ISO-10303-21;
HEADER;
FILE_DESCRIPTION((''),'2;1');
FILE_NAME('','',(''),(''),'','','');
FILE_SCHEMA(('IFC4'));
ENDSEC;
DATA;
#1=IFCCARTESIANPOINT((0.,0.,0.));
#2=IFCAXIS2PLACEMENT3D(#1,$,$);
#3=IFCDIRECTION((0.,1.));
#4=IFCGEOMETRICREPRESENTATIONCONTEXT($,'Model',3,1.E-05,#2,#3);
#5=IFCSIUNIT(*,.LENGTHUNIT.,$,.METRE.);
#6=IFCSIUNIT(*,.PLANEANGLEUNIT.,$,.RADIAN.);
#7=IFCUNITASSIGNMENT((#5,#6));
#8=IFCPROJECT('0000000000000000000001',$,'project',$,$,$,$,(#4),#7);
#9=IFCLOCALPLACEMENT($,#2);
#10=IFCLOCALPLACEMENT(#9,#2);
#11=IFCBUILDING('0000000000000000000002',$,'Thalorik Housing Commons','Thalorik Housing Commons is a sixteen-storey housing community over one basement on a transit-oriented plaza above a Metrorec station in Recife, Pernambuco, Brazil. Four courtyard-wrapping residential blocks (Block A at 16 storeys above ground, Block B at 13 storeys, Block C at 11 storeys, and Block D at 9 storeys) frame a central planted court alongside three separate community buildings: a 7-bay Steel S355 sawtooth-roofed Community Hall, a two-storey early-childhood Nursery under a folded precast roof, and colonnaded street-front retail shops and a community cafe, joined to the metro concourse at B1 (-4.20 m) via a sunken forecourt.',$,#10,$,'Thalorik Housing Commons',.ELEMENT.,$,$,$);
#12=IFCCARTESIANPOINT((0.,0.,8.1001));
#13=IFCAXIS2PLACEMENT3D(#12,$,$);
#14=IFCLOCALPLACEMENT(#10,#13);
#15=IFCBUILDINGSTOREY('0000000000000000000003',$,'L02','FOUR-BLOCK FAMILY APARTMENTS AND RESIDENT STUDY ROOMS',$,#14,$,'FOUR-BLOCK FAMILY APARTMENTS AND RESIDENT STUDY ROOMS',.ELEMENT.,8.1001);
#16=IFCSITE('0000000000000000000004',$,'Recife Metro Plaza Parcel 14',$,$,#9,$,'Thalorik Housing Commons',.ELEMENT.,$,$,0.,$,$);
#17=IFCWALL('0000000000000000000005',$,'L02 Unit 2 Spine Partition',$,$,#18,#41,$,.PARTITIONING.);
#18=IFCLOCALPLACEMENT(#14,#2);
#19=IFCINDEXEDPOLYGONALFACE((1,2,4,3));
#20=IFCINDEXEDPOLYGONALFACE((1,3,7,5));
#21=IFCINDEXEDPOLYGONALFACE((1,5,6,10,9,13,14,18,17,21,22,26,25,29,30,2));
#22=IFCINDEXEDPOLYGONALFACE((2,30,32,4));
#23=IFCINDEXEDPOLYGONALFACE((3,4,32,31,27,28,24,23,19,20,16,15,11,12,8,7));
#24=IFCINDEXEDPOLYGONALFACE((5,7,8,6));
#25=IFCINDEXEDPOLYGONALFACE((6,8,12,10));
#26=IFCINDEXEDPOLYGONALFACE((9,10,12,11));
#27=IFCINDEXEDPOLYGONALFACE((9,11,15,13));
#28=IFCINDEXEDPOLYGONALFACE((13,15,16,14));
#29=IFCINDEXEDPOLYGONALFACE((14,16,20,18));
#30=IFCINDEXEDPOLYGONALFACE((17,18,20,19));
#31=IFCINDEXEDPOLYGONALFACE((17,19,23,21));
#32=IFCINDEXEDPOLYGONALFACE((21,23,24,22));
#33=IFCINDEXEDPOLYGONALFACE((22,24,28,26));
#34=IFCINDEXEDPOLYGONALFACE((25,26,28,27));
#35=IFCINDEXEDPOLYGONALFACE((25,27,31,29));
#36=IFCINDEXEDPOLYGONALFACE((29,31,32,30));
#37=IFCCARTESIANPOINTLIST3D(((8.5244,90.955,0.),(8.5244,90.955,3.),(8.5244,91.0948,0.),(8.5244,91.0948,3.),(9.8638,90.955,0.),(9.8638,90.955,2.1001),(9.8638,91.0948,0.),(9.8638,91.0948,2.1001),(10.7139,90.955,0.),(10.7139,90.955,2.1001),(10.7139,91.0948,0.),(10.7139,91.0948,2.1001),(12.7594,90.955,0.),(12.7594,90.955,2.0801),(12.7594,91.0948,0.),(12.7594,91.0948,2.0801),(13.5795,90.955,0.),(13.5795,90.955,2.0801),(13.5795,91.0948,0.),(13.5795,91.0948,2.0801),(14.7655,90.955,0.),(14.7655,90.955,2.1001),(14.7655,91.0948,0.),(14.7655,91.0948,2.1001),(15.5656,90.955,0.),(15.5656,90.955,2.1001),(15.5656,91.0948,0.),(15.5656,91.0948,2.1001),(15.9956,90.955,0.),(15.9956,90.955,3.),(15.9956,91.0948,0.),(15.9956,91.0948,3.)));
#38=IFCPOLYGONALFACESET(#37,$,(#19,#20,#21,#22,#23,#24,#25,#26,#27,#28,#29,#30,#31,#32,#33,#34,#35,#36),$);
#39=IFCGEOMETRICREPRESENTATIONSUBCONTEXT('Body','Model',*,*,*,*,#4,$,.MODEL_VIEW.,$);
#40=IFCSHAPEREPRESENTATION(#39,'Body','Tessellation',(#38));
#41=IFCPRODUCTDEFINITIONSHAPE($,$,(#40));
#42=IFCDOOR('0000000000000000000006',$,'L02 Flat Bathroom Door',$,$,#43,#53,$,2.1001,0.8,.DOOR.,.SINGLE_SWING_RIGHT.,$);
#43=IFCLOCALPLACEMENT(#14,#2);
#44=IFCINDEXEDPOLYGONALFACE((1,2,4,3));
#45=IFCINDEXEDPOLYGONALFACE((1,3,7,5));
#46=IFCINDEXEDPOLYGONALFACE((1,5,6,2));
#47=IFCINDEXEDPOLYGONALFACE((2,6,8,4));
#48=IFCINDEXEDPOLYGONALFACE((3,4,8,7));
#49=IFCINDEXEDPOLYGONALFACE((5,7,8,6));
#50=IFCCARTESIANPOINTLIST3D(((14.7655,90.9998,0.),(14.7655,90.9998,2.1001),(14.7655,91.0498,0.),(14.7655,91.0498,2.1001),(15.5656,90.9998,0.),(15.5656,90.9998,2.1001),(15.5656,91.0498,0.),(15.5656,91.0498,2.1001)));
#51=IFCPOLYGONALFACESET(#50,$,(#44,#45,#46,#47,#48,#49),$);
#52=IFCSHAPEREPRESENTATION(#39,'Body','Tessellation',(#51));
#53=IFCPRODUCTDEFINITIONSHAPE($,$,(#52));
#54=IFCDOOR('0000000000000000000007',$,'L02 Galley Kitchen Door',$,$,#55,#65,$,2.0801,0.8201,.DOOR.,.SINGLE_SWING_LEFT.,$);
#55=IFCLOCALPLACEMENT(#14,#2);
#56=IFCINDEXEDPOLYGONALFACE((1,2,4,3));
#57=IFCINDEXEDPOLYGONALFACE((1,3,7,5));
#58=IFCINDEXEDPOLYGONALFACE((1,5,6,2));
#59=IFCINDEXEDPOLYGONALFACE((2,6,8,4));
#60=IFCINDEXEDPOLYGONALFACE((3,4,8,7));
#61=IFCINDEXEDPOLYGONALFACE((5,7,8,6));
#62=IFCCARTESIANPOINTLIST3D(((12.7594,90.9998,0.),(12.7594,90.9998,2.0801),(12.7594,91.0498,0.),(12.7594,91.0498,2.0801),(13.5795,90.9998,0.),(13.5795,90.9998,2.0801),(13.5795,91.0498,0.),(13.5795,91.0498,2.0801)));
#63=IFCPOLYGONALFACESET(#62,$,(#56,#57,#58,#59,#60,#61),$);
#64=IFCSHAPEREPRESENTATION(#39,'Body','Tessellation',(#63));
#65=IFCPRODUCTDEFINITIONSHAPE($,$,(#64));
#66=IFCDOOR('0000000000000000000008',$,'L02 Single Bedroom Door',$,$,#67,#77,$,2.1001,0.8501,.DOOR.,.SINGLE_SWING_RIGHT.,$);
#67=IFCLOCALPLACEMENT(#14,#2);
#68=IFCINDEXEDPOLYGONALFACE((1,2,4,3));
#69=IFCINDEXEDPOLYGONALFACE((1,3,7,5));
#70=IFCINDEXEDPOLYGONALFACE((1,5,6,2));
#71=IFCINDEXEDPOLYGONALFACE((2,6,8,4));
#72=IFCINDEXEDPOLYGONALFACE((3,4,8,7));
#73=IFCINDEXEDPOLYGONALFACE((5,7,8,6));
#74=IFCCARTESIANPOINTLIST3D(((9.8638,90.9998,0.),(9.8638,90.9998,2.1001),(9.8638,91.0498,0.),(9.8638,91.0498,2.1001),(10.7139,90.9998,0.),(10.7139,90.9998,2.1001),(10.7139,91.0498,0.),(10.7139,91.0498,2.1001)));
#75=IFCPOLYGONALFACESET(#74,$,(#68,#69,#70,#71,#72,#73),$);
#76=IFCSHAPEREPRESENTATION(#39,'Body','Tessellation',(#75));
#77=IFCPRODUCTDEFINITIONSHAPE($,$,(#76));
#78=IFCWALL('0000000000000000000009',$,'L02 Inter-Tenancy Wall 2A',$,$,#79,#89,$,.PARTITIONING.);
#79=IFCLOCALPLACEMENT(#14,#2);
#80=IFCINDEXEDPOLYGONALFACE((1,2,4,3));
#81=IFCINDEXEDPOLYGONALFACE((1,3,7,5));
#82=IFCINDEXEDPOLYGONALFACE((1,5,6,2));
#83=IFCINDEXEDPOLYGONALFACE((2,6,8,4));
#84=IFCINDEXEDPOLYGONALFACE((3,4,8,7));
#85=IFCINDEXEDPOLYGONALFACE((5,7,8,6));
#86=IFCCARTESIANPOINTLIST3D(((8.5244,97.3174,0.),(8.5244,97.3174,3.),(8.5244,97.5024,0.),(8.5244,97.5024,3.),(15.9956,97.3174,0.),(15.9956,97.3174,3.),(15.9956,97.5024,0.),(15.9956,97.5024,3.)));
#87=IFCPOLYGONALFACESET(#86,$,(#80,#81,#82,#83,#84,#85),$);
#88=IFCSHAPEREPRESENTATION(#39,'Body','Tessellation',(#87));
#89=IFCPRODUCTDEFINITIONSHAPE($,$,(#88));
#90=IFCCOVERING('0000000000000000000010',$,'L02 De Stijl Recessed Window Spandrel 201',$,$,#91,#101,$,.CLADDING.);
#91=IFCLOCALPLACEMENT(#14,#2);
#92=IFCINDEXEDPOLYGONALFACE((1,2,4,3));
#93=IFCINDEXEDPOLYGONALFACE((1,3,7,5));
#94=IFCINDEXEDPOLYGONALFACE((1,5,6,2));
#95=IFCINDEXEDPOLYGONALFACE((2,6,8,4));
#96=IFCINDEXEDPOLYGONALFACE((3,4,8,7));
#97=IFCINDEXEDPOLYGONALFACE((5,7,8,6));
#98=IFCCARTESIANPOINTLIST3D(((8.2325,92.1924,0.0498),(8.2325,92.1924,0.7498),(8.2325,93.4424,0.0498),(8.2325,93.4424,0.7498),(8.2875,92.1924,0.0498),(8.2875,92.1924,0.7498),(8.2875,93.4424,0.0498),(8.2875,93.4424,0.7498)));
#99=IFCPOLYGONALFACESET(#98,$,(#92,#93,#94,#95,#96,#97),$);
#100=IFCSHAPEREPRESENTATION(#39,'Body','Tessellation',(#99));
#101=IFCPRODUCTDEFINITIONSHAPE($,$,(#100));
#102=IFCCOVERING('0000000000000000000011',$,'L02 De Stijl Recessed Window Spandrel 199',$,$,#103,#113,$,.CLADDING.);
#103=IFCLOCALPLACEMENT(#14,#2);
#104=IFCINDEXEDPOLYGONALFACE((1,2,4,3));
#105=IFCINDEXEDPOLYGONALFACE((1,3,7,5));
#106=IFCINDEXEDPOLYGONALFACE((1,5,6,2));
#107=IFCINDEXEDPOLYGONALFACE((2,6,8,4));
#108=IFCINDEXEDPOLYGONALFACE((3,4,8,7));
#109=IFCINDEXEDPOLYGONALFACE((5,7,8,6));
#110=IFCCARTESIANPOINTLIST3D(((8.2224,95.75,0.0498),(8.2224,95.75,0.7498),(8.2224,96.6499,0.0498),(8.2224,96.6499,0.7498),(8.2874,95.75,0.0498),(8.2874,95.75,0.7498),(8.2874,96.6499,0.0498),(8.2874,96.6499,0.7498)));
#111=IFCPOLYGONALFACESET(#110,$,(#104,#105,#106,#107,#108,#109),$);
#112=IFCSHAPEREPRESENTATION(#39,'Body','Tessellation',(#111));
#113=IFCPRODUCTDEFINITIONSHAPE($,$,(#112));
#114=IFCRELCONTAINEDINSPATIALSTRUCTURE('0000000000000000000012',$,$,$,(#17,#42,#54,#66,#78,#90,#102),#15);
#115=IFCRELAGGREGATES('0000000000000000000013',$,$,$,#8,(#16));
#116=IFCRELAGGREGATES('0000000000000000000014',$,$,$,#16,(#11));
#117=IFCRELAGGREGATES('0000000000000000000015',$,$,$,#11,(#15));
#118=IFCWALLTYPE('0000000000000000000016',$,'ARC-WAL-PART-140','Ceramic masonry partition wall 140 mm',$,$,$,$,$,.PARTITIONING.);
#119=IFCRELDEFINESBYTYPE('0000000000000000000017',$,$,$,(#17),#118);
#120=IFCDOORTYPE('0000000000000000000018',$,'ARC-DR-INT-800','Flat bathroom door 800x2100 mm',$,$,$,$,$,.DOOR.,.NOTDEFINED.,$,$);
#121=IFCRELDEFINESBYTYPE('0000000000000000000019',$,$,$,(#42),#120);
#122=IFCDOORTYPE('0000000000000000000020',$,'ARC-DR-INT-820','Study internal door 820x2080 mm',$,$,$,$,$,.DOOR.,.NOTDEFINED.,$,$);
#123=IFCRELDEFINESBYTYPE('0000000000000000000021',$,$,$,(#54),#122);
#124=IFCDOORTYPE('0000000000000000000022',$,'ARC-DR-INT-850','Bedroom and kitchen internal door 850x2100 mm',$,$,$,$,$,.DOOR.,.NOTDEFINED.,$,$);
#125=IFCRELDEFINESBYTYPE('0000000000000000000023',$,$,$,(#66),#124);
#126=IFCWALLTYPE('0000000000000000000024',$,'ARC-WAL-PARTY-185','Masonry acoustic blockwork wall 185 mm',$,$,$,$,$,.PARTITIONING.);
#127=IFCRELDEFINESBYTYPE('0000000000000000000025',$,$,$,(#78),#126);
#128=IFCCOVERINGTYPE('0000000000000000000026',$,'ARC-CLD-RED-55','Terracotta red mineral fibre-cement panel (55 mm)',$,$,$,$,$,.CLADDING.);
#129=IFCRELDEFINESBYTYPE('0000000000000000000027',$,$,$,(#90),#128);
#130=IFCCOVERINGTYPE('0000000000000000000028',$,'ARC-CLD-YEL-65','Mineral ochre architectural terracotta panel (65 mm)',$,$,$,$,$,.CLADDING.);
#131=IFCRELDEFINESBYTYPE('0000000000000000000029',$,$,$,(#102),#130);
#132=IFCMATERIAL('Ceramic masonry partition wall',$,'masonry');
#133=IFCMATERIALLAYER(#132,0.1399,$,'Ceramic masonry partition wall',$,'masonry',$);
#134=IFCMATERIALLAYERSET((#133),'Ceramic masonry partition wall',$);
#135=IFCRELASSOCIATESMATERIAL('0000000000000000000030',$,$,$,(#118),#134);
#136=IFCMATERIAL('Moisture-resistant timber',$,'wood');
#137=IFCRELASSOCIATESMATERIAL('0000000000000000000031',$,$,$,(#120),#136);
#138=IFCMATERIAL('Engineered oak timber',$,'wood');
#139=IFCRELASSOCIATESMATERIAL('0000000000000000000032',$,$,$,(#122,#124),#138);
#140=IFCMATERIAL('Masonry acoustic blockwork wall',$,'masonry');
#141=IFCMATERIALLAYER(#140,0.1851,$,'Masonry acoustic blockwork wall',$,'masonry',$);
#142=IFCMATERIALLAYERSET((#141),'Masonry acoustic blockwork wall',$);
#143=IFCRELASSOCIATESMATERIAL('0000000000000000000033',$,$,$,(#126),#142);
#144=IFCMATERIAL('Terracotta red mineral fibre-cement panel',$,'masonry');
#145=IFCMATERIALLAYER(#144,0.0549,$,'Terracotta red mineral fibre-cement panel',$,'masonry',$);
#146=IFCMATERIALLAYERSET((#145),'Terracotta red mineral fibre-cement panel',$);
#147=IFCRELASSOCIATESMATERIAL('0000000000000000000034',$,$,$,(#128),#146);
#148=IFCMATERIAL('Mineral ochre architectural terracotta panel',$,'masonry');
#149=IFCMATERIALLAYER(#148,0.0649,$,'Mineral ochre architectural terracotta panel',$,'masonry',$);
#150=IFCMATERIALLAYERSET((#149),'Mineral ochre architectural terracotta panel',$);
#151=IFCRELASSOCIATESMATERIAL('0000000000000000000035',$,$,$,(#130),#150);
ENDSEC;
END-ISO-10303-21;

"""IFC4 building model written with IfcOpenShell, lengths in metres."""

from ifc_helpers import new_model, si_unit, direction, frame, frame_2d, origin, origin_2d, place, context, subcontext, project, spatial, rectangle, extrude, material, layer, layer_set, type_object, element, fill, save


model = new_model("IFC4")

# Units and contexts
model_context = context("Model", 3, precision=1e-05, world=origin(), true_north=direction((0.0, 1.0)))
body_context = subcontext(model_context, "Body", "Model", "MODEL_VIEW")
ifc_project = project(units=[si_unit("LENGTHUNIT", "METRE"), si_unit("PLANEANGLEUNIT", "RADIAN")], contexts=[model_context])

# Site, building, storey
site_placement = place(None, origin())
site = spatial("IfcSite", under=ifc_project, at=site_placement, Name="Recife Metro Plaza Parcel 14", LongName="Thalorik Housing Commons", CompositionType="ELEMENT", RefElevation=0.0)
building_placement = place(site_placement, origin())
building = spatial("IfcBuilding", under=site, at=building_placement, Name="Thalorik Housing Commons", Description="Thalorik Housing Commons is a sixteen-storey housing community over one basement on a transit-oriented plaza above a Metrorec station in Recife, Pernambuco, Brazil. Four courtyard-wrapping residential blocks (Block A at 16 storeys above ground, Block B at 13 storeys, Block C at 11 storeys, and Block D at 9 storeys) frame a central planted court alongside three separate community buildings: a 7-bay Steel S355 sawtooth-roofed Community Hall, a two-storey early-childhood Nursery under a folded precast roof, and colonnaded street-front retail shops and a community cafe, joined to the metro concourse at B1 (-4.20 m) via a sunken forecourt.", LongName="Thalorik Housing Commons", CompositionType="ELEMENT")
storey_placement = place(building_placement, frame((0.0, 0.0, 8.1001)))
storey = spatial("IfcBuildingStorey", under=building, at=storey_placement, Name="L02", Description="FOUR-BLOCK FAMILY APARTMENTS AND RESIDENT STUDY ROOMS", LongName="FOUR-BLOCK FAMILY APARTMENTS AND RESIDENT STUDY ROOMS", CompositionType="ELEMENT", Elevation=8.1001)

# Wall, openings, doors
ifc_material_1 = material(Name="Ceramic masonry partition wall", Category="masonry")
ifc_layer_1 = layer(ifc_material_1, 0.1399, Name="Ceramic masonry partition wall", Category="masonry")
ifc_layer_set_1 = layer_set([ifc_layer_1], Name="Ceramic masonry partition wall")
wall_type_1 = type_object("IfcWallType", Name="ARC-WAL-PART-140", Description="Ceramic masonry partition wall 140 mm", PredefinedType="PARTITIONING", material=ifc_layer_set_1)
wall_1_placement = place(storey_placement, frame((8.5244, 91.0249, 0.0), z_axis=(0.0, 0.0, 1.0), x_axis=(1.0, 0.0, 0.0)))
wall_1 = element("IfcWall", 1, at=wall_1_placement, inside=storey, type_object=wall_type_1, Name="L02 Unit 2 Spine Partition", PredefinedType="PARTITIONING", context=body_context, shape_type="SweptSolid", body=[
    extrude(rectangle(XDim=7.4712, YDim=0.1399, at=frame_2d((3.7356, 0.0))), origin(), (0.0, 0.0, 1.0), 3.0),
])
opening_1_placement = place(wall_1_placement, frame((1.3394, 0.0, 0.0)))
opening_1 = element("IfcOpeningElement", 2, at=opening_1_placement, cuts=wall_1, PredefinedType="OPENING", context=body_context, shape_type="SweptSolid", body=[
    extrude(rectangle(XDim=0.8501, YDim=2.1001, at=frame_2d((0.425, 1.05))), frame((0.0, 0.0801, 0.0), z_axis=(0.0, -1.0, 0.0), x_axis=(1.0, 0.0, 0.0)), (0.0, 0.0, 1.0), 0.1599),
])
opening_2_placement = place(wall_1_placement, frame((4.2349, 0.0, 0.0)))
opening_2 = element("IfcOpeningElement", 3, at=opening_2_placement, cuts=wall_1, PredefinedType="OPENING", context=body_context, shape_type="SweptSolid", body=[
    extrude(rectangle(XDim=0.8201, YDim=2.0801, at=frame_2d((0.4102, 1.04))), frame((0.0, 0.0801, 0.0), z_axis=(0.0, -1.0, 0.0), x_axis=(1.0, 0.0, 0.0)), (0.0, 0.0, 1.0), 0.1599),
])
opening_3_placement = place(wall_1_placement, frame((6.2412, 0.0, 0.0)))
opening_3 = element("IfcOpeningElement", 4, at=opening_3_placement, cuts=wall_1, PredefinedType="OPENING", context=body_context, shape_type="SweptSolid", body=[
    extrude(rectangle(XDim=0.8, YDim=2.1001, at=frame_2d((0.3999, 1.05))), frame((0.0, 0.0801, 0.0), z_axis=(0.0, -1.0, 0.0), x_axis=(1.0, 0.0, 0.0)), (0.0, 0.0, 1.0), 0.1599),
])
ifc_material_2 = material(Name="Moisture-resistant timber", Category="wood")
door_type_1 = type_object("IfcDoorType", Name="ARC-DR-INT-800", Description="Flat bathroom door 800x2100 mm", OperationType="NOTDEFINED", PredefinedType="DOOR", material=ifc_material_2)
door_1_placement = place(opening_3_placement, origin())
door_1 = element("IfcDoor", 5, at=door_1_placement, inside=storey, type_object=door_type_1, Name="L02 Flat Bathroom Door", OperationType="SINGLE_SWING_RIGHT", OverallHeight=2.1001, OverallWidth=0.8, PredefinedType="DOOR", context=body_context, shape_type="SweptSolid", body=[
    extrude(rectangle(XDim=0.8, YDim=2.1001, at=frame_2d((0.3999, 1.05))), frame((0.0, 0.0249, 0.0), z_axis=(0.0, -1.0, 0.0), x_axis=(1.0, 0.0, 0.0)), (0.0, 0.0, 1.0), 0.05),
])
fill(opening_3, door_1)
ifc_material_3 = material(Name="Engineered oak timber", Category="wood")
door_type_2 = type_object("IfcDoorType", Name="ARC-DR-INT-820", Description="Study internal door 820x2080 mm", OperationType="NOTDEFINED", PredefinedType="DOOR", material=ifc_material_3)
door_2_placement = place(opening_2_placement, origin())
door_2 = element("IfcDoor", 6, at=door_2_placement, inside=storey, type_object=door_type_2, Name="L02 Galley Kitchen Door", OperationType="SINGLE_SWING_LEFT", OverallHeight=2.0801, OverallWidth=0.8201, PredefinedType="DOOR", context=body_context, shape_type="SweptSolid", body=[
    extrude(rectangle(XDim=0.8201, YDim=2.0801, at=frame_2d((0.4102, 1.04))), frame((0.0, 0.0249, 0.0), z_axis=(0.0, -1.0, 0.0), x_axis=(1.0, 0.0, 0.0)), (0.0, 0.0, 1.0), 0.05),
])
fill(opening_2, door_2)
door_type_3 = type_object("IfcDoorType", Name="ARC-DR-INT-850", Description="Bedroom and kitchen internal door 850x2100 mm", OperationType="NOTDEFINED", PredefinedType="DOOR", material=ifc_material_3)
door_3_placement = place(opening_1_placement, origin())
door_3 = element("IfcDoor", 7, at=door_3_placement, inside=storey, type_object=door_type_3, Name="L02 Single Bedroom Door", OperationType="SINGLE_SWING_RIGHT", OverallHeight=2.1001, OverallWidth=0.8501, PredefinedType="DOOR", context=body_context, shape_type="SweptSolid", body=[
    extrude(rectangle(XDim=0.8501, YDim=2.1001, at=frame_2d((0.425, 1.05))), frame((0.0, 0.0249, 0.0), z_axis=(0.0, -1.0, 0.0), x_axis=(1.0, 0.0, 0.0)), (0.0, 0.0, 1.0), 0.05),
])
fill(opening_1, door_3)

# Wall
ifc_material_4 = material(Name="Masonry acoustic blockwork wall", Category="masonry")
ifc_layer_2 = layer(ifc_material_4, 0.1851, Name="Masonry acoustic blockwork wall", Category="masonry")
ifc_layer_set_2 = layer_set([ifc_layer_2], Name="Masonry acoustic blockwork wall")
wall_type_2 = type_object("IfcWallType", Name="ARC-WAL-PARTY-185", Description="Masonry acoustic blockwork wall 185 mm", PredefinedType="PARTITIONING", material=ifc_layer_set_2)
wall_2_placement = place(storey_placement, frame((8.5244, 97.4099, 0.0), z_axis=(0.0, 0.0, 1.0), x_axis=(1.0, 0.0, 0.0)))
element("IfcWall", 8, at=wall_2_placement, inside=storey, type_object=wall_type_2, Name="L02 Inter-Tenancy Wall 2A", PredefinedType="PARTITIONING", context=body_context, shape_type="SweptSolid", body=[
    extrude(rectangle(XDim=7.4712, YDim=0.1851, at=frame_2d((3.7356, 0.0))), origin(), (0.0, 0.0, 1.0), 3.0),
])

# Coverings
ifc_material_5 = material(Name="Terracotta red mineral fibre-cement panel", Category="masonry")
ifc_layer_3 = layer(ifc_material_5, 0.0549, Name="Terracotta red mineral fibre-cement panel", Category="masonry")
ifc_layer_set_3 = layer_set([ifc_layer_3], Name="Terracotta red mineral fibre-cement panel")
covering_type_1 = type_object("IfcCoveringType", Name="ARC-CLD-RED-55", Description="Terracotta red mineral fibre-cement panel (55 mm)", PredefinedType="CLADDING", material=ifc_layer_set_3)
covering_1_placement = place(storey_placement, frame((8.26, 92.8174, 0.0498), z_axis=(0.0, 0.0, 1.0), x_axis=(0.0, -1.0, 0.0)))
element("IfcCovering", 9, at=covering_1_placement, inside=storey, type_object=covering_type_1, Name="L02 De Stijl Recessed Window Spandrel 201", PredefinedType="CLADDING", context=body_context, shape_type="SweptSolid", body=[
    extrude(rectangle(XDim=1.25, YDim=0.0549, at=origin_2d()), origin(), (0.0, 0.0, 1.0), 0.7),
])
ifc_material_6 = material(Name="Mineral ochre architectural terracotta panel", Category="masonry")
ifc_layer_4 = layer(ifc_material_6, 0.0649, Name="Mineral ochre architectural terracotta panel", Category="masonry")
ifc_layer_set_4 = layer_set([ifc_layer_4], Name="Mineral ochre architectural terracotta panel")
covering_type_2 = type_object("IfcCoveringType", Name="ARC-CLD-YEL-65", Description="Mineral ochre architectural terracotta panel (65 mm)", PredefinedType="CLADDING", material=ifc_layer_set_4)
covering_2_placement = place(storey_placement, frame((8.2549, 96.2, 0.0498), z_axis=(0.0, 0.0, 1.0), x_axis=(0.0, -1.0, 0.0)))
element("IfcCovering", 10, at=covering_2_placement, inside=storey, type_object=covering_type_2, Name="L02 De Stijl Recessed Window Spandrel 199", PredefinedType="CLADDING", context=body_context, shape_type="SweptSolid", body=[
    extrude(rectangle(XDim=0.8999, YDim=0.0649, at=origin_2d()), origin(), (0.0, 0.0, 1.0), 0.7),
])

save(model, "model.ifc")
